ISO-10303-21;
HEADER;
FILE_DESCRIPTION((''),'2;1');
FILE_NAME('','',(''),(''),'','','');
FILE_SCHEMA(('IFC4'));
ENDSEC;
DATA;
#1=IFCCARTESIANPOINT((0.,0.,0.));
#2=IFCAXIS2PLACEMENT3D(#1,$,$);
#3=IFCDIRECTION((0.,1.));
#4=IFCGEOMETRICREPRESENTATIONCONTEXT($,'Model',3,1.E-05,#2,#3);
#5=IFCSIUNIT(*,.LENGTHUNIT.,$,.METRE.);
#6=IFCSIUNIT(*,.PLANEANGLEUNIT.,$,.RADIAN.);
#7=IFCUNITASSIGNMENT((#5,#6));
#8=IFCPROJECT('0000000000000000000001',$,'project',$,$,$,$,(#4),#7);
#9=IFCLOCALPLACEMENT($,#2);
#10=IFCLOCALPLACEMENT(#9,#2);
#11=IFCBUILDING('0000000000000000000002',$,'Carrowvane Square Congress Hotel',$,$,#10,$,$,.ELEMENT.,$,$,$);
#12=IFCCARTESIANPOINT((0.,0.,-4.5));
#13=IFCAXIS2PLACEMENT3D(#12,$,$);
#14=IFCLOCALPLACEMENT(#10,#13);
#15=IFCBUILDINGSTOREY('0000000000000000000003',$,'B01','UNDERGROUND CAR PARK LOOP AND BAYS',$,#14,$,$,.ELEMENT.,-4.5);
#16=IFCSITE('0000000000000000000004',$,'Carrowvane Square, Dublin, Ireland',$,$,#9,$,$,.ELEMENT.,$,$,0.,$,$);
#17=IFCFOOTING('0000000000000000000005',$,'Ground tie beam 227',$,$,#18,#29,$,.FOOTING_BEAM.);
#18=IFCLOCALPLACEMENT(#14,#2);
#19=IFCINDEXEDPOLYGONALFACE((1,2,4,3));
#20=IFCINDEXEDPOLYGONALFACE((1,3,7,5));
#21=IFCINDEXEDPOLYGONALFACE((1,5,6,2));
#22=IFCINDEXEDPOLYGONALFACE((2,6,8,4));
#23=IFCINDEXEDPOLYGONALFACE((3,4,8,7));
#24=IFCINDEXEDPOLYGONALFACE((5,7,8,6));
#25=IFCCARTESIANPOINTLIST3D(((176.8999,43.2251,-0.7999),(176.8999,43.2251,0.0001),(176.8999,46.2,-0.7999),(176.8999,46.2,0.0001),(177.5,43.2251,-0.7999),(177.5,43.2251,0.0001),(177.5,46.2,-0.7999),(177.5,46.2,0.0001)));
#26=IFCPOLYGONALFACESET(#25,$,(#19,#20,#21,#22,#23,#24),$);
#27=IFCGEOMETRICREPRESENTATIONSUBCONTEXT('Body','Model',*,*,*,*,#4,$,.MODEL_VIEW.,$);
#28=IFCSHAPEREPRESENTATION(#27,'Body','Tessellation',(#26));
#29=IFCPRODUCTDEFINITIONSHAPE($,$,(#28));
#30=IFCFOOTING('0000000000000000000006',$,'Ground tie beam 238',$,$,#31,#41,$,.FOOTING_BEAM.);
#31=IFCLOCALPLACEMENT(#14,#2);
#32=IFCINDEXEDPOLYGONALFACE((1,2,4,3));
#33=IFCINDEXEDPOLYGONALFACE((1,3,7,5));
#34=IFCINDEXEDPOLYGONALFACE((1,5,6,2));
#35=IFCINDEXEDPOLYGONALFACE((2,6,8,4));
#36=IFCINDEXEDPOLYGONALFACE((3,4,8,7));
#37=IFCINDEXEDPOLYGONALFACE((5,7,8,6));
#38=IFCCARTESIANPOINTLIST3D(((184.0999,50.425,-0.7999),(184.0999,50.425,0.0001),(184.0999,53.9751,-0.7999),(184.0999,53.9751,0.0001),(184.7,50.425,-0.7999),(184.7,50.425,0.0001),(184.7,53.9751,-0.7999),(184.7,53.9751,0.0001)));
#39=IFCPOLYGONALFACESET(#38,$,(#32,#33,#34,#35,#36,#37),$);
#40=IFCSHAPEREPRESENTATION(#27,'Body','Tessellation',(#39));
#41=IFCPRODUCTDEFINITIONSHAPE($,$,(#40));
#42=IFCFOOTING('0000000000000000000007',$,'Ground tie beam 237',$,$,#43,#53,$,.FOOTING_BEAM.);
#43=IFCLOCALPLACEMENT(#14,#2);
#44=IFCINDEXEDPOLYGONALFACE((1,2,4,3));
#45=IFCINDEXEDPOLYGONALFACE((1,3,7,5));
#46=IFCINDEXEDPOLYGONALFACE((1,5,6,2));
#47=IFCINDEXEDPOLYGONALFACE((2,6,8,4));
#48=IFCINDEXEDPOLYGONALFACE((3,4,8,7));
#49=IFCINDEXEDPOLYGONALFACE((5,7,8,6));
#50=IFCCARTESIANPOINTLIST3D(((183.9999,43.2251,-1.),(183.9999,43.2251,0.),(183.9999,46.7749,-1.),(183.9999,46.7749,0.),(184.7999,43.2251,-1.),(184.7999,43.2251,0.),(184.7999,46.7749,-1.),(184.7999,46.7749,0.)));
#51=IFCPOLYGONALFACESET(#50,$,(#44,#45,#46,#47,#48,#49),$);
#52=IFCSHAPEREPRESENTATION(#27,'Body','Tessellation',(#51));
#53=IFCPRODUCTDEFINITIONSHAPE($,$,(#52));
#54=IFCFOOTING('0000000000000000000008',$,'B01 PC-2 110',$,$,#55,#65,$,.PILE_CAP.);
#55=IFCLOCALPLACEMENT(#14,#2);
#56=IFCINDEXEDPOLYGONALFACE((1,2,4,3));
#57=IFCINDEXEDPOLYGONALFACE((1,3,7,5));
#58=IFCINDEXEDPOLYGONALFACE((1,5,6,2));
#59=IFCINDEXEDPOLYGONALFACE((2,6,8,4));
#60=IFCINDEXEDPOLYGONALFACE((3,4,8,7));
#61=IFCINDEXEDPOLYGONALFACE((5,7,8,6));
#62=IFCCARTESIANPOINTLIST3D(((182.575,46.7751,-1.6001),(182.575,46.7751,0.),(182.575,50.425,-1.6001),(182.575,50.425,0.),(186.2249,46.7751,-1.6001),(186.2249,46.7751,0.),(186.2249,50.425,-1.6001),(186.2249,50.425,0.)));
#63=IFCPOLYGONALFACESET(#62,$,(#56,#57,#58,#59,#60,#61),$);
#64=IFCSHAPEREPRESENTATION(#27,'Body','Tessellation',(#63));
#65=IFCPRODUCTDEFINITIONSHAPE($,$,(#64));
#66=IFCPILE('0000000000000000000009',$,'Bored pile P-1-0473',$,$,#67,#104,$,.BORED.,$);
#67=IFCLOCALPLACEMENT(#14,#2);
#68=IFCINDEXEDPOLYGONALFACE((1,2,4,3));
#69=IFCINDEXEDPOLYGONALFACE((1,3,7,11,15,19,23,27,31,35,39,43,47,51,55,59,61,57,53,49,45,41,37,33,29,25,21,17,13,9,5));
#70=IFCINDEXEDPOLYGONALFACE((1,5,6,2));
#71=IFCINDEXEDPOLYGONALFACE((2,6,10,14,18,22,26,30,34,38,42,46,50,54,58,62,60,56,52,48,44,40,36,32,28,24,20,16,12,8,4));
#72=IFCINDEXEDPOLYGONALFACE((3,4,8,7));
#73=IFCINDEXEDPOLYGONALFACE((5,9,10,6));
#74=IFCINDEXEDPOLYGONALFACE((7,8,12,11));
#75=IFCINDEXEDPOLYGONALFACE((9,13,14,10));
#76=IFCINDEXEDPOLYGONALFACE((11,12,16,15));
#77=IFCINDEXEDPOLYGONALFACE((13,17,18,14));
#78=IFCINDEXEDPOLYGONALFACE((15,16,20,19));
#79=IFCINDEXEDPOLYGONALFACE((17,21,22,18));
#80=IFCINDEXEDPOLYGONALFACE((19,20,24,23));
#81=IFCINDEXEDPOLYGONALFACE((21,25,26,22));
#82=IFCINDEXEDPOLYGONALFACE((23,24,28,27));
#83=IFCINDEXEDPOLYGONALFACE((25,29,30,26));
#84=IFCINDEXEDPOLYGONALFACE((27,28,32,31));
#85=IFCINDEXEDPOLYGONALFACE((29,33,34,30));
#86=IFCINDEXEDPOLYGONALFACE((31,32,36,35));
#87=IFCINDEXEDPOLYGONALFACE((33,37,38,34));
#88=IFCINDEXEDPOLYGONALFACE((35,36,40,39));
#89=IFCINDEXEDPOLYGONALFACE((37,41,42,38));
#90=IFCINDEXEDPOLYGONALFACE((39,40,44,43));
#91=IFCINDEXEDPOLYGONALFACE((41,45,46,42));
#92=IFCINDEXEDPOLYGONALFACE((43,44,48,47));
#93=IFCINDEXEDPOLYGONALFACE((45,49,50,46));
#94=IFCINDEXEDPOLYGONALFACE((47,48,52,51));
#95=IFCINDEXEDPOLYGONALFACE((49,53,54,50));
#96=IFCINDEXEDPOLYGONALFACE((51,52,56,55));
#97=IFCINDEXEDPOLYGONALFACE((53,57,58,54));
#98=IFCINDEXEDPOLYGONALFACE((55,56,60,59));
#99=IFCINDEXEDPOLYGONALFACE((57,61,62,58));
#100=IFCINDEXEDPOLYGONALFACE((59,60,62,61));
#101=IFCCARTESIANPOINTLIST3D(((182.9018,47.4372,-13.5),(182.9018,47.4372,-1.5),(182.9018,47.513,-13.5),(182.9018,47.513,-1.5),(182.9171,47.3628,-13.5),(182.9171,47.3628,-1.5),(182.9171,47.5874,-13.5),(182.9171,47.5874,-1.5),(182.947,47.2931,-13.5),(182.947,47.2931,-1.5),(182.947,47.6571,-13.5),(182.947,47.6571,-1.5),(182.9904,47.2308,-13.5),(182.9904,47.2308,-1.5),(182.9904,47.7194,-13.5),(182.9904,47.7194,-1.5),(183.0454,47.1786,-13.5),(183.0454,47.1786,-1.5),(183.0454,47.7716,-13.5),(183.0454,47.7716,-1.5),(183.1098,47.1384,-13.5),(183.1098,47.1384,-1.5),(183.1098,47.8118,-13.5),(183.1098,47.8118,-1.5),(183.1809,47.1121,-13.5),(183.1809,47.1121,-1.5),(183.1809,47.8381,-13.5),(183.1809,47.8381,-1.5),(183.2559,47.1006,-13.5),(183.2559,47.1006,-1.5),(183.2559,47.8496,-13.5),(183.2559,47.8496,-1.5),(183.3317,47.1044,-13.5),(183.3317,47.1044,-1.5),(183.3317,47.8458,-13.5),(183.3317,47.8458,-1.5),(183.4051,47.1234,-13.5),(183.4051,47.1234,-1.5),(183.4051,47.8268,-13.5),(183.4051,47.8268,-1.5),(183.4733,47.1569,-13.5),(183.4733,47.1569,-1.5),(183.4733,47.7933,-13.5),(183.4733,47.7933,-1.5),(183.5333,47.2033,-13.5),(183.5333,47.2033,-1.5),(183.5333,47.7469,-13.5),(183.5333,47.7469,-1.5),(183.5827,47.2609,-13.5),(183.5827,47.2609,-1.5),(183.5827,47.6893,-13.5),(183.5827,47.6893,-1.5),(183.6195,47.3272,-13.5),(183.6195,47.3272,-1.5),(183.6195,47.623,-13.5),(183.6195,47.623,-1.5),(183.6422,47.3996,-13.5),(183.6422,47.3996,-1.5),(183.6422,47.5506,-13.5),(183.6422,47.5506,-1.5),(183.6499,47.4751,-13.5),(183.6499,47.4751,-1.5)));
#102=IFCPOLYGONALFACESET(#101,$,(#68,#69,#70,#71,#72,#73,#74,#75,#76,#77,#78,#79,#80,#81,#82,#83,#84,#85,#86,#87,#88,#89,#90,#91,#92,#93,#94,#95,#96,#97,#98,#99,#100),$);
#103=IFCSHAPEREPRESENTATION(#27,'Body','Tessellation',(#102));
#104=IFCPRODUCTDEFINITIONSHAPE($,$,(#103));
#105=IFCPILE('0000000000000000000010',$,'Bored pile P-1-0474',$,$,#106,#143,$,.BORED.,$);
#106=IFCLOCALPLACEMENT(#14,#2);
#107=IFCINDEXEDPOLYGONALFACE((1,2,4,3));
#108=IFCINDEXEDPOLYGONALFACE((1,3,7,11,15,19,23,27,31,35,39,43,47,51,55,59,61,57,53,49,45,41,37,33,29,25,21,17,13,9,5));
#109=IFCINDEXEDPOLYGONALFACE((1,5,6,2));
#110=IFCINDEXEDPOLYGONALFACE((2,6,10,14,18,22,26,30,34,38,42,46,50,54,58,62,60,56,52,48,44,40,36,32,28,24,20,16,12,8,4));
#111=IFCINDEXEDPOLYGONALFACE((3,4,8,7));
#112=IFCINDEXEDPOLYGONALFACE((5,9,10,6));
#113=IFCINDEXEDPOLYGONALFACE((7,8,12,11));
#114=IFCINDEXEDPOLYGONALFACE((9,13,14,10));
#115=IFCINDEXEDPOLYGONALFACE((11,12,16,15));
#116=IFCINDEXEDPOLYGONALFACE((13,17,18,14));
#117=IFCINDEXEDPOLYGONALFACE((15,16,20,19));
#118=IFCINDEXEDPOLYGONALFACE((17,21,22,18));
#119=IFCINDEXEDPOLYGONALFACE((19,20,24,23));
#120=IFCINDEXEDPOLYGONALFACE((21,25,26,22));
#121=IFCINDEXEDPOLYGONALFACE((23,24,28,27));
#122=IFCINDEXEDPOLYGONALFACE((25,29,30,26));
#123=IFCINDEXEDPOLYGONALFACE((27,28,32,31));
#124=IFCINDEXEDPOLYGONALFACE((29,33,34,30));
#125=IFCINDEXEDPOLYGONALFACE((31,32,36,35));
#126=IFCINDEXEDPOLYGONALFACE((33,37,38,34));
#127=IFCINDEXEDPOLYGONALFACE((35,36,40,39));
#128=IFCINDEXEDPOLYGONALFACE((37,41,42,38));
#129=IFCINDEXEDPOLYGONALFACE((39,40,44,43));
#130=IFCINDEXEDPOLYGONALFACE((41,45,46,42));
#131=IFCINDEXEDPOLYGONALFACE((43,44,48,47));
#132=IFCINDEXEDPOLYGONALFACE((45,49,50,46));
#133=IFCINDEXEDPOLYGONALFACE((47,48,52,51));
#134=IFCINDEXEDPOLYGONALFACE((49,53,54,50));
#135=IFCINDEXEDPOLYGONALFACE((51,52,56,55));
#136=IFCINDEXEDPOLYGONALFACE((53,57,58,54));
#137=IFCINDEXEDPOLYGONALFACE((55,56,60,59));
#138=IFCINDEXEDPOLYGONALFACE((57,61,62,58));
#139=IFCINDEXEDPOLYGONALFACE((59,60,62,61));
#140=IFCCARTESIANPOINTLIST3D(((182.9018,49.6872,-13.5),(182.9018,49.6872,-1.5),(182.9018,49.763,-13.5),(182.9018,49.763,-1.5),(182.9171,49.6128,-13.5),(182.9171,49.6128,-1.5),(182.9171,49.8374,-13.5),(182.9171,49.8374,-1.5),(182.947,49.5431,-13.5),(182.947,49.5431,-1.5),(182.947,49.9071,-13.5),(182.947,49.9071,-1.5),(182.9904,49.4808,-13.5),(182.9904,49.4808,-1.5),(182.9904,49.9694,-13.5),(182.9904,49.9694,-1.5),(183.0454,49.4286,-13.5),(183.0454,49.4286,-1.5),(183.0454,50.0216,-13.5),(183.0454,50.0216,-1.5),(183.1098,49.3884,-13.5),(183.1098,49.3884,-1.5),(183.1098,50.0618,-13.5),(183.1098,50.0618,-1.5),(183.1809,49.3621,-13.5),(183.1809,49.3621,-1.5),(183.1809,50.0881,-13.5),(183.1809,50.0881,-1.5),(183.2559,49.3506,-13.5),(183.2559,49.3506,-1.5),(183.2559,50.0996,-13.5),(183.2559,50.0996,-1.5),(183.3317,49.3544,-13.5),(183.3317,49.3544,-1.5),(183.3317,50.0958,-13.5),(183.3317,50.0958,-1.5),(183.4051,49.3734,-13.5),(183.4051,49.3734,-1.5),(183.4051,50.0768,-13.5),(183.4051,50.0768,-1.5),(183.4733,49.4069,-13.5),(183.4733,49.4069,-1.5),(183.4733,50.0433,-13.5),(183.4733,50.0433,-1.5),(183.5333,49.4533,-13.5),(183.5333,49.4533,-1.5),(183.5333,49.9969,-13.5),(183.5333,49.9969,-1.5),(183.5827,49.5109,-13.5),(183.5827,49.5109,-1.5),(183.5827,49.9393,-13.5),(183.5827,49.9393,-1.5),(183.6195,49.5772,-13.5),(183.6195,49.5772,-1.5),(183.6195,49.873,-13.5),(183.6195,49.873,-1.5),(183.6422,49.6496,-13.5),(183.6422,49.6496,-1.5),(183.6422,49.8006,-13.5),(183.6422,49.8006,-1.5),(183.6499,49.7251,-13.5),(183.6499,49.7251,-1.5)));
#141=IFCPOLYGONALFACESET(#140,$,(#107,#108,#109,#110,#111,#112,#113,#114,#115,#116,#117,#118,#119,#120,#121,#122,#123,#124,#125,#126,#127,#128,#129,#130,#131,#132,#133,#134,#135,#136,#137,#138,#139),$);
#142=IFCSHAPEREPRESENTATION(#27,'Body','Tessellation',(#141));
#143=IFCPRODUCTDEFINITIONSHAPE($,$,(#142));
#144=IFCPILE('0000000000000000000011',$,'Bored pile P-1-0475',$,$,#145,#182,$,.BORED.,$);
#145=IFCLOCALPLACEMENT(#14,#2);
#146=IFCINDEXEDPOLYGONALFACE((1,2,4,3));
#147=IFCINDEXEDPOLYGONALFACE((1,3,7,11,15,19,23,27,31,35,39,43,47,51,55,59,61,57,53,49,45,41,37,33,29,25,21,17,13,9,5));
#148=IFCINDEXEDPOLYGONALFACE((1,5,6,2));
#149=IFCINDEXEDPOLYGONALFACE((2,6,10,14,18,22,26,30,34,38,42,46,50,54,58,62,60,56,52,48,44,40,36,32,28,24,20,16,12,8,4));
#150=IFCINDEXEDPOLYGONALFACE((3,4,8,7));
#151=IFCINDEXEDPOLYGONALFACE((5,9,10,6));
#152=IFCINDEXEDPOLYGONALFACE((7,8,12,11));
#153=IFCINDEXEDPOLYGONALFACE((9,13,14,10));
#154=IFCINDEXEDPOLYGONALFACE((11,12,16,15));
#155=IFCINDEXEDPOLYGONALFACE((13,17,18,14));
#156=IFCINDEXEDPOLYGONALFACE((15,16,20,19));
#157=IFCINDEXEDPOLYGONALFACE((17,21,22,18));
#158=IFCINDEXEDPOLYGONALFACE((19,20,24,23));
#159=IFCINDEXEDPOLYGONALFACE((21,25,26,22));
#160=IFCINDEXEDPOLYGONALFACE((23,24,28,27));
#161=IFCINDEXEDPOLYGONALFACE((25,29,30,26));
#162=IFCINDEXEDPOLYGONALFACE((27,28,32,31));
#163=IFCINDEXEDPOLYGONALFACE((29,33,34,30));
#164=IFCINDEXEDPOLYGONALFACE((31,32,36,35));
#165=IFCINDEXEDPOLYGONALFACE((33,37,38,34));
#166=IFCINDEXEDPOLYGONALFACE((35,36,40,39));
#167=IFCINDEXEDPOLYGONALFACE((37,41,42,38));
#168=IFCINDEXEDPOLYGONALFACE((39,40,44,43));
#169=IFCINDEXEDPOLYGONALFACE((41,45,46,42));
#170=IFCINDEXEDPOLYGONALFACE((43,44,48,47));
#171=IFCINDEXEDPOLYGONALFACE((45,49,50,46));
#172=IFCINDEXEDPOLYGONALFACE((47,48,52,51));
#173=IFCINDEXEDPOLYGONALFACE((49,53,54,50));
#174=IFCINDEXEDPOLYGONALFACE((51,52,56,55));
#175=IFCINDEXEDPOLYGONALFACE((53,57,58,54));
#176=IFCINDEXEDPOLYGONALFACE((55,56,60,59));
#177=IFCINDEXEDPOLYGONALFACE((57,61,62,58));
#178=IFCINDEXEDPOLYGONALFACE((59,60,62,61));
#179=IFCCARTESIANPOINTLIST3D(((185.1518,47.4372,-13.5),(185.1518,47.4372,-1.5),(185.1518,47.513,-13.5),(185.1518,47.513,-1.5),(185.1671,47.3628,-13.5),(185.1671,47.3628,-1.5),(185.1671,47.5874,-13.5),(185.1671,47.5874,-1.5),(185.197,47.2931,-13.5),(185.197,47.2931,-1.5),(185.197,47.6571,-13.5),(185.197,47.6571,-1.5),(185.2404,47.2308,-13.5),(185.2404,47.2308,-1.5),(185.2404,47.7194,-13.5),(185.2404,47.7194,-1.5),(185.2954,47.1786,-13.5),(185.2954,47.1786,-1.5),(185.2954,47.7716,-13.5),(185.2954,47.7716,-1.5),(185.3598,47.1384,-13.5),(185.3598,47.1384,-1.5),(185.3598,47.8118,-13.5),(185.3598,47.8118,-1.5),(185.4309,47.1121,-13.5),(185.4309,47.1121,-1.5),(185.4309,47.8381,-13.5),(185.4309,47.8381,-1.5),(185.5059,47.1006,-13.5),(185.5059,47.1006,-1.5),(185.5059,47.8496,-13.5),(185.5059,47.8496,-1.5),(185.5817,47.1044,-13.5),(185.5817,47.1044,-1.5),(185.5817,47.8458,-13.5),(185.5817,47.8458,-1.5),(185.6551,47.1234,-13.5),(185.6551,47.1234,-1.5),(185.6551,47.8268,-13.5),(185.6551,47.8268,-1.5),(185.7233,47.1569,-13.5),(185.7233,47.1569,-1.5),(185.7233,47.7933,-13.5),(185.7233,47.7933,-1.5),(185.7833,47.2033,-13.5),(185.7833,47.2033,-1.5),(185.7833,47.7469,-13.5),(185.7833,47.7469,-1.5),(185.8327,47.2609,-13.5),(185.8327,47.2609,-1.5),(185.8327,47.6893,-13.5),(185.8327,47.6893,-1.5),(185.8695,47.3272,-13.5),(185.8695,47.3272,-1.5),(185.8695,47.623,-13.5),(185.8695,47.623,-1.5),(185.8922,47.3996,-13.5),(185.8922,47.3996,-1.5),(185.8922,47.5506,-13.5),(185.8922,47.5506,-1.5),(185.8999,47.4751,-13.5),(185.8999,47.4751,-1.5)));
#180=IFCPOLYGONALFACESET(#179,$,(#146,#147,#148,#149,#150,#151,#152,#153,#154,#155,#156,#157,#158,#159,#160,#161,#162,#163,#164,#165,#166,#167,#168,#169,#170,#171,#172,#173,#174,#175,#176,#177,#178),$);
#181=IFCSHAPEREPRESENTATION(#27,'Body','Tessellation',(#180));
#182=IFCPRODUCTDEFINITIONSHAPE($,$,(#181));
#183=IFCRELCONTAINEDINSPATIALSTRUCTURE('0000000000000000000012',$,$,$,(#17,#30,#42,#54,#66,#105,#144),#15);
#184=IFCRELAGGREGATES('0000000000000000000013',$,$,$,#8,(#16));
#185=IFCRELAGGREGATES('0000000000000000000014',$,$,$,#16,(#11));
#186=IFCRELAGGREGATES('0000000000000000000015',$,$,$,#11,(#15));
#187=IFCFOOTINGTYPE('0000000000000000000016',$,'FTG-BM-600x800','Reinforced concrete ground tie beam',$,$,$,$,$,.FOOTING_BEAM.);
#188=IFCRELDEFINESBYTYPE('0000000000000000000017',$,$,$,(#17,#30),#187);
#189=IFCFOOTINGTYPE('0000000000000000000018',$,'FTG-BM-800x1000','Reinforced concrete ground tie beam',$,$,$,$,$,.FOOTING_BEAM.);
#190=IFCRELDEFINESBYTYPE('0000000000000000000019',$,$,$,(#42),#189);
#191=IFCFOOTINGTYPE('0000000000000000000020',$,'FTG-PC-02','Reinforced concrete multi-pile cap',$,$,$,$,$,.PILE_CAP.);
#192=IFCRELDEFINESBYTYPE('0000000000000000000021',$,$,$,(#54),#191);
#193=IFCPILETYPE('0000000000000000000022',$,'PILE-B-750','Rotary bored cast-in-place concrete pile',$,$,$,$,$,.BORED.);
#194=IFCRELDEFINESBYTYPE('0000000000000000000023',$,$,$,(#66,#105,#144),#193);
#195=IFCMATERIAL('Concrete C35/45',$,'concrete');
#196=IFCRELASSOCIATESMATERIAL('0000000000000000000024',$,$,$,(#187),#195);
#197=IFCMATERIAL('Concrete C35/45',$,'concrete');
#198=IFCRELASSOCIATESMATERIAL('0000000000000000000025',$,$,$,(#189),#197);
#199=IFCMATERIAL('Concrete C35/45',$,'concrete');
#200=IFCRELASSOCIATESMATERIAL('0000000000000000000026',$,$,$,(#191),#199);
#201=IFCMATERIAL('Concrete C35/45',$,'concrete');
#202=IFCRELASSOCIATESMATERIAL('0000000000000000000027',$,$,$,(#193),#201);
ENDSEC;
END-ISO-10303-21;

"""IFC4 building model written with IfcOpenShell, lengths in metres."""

from ifc_helpers import new_model, si_unit, direction, frame, origin, origin_2d, place, context, subcontext, project, spatial, rectangle, circle, extrude, material, material_profile, profile_set, type_object, element, save


model = new_model("IFC4")

# Units and contexts
model_context = context("Model", 3, precision=1e-05, world=origin(), true_north=direction((0.0, 1.0)))
body_context = subcontext(model_context, "Body", "Model", "MODEL_VIEW")
ifc_project = project(units=[si_unit("LENGTHUNIT", "METRE"), si_unit("PLANEANGLEUNIT", "RADIAN")], contexts=[model_context])

# Site, building, storey
site_placement = place(None, origin())
site = spatial("IfcSite", under=ifc_project, at=site_placement, Name="Carrowvane Square, Dublin, Ireland", CompositionType="ELEMENT", RefElevation=0.0)
building_placement = place(site_placement, origin())
building = spatial("IfcBuilding", under=site, at=building_placement, Name="Carrowvane Square Congress Hotel", CompositionType="ELEMENT")
storey_placement = place(building_placement, frame((0.0, 0.0, -4.5)))
storey = spatial("IfcBuildingStorey", under=building, at=storey_placement, Name="B01", Description="UNDERGROUND CAR PARK LOOP AND BAYS", CompositionType="ELEMENT", Elevation=-4.5)

# Footings
ifc_material_1 = material(Name="Concrete C35/45", Category="concrete")
ifc_material_profile_1 = material_profile(ifc_material_1, rectangle(XDim=0.6001, YDim=0.8, at=origin_2d()), Name="RC 600x800")
ifc_profile_set_1 = profile_set([ifc_material_profile_1], Name="Concrete C35/45")
footing_type_1 = type_object("IfcFootingType", Name="FTG-BM-600x800", Description="Reinforced concrete ground tie beam", PredefinedType="FOOTING_BEAM", material=ifc_profile_set_1)
footing_1_placement = place(storey_placement, frame((177.2, 43.2251, -0.3999), z_axis=(0.0, 1.0, 0.0), x_axis=(-1.0, 0.0, 0.0)))
element("IfcFooting", 1, at=footing_1_placement, inside=storey, type_object=footing_type_1, Name="Ground tie beam 227", PredefinedType="FOOTING_BEAM", context=body_context, shape_type="SweptSolid", body=[
    extrude(rectangle(XDim=0.6001, YDim=0.8, at=origin_2d()), origin(), (0.0, 0.0, 1.0), 2.9749),
])
footing_2_placement = place(storey_placement, frame((184.3999, 50.425, -0.3999), z_axis=(0.0, 1.0, 0.0), x_axis=(-1.0, 0.0, 0.0)))
element("IfcFooting", 2, at=footing_2_placement, inside=storey, type_object=footing_type_1, Name="Ground tie beam 238", PredefinedType="FOOTING_BEAM", context=body_context, shape_type="SweptSolid", body=[
    extrude(rectangle(XDim=0.6001, YDim=0.8, at=origin_2d()), origin(), (0.0, 0.0, 1.0), 3.55),
])
ifc_material_2 = material(Name="Concrete C35/45", Category="concrete")
ifc_material_profile_2 = material_profile(ifc_material_2, rectangle(XDim=0.8, YDim=1.0, at=origin_2d()), Name="RC 800x1000")
ifc_profile_set_2 = profile_set([ifc_material_profile_2], Name="Concrete C35/45")
footing_type_2 = type_object("IfcFootingType", Name="FTG-BM-800x1000", Description="Reinforced concrete ground tie beam", PredefinedType="FOOTING_BEAM", material=ifc_profile_set_2)
footing_3_placement = place(storey_placement, frame((184.3999, 43.2251, -0.5), z_axis=(0.0, 1.0, 0.0), x_axis=(-1.0, 0.0, 0.0)))
element("IfcFooting", 3, at=footing_3_placement, inside=storey, type_object=footing_type_2, Name="Ground tie beam 237", PredefinedType="FOOTING_BEAM", context=body_context, shape_type="SweptSolid", body=[
    extrude(rectangle(XDim=0.8, YDim=1.0, at=origin_2d()), origin(), (0.0, 0.0, 1.0), 3.5498),
])
ifc_material_3 = material(Name="Concrete C35/45", Category="concrete")
footing_type_3 = type_object("IfcFootingType", Name="FTG-PC-02", Description="Reinforced concrete multi-pile cap", PredefinedType="PILE_CAP", material=ifc_material_3)
footing_4_placement = place(storey_placement, frame((184.3999, 48.6001, -1.6001), z_axis=(0.0, 0.0, 1.0), x_axis=(1.0, 0.0, 0.0)))
element("IfcFooting", 4, at=footing_4_placement, inside=storey, type_object=footing_type_3, Name="B01 PC-2 110", PredefinedType="PILE_CAP", context=body_context, shape_type="SweptSolid", body=[
    extrude(rectangle(XDim=3.6499, YDim=3.6499, at=origin_2d()), origin(), (0.0, 0.0, 1.0), 1.6001),
])

# Piles
ifc_material_4 = material(Name="Concrete C35/45", Category="concrete")
ifc_material_profile_3 = material_profile(ifc_material_4, circle(Radius=0.375, at=origin_2d()), Name="PILE D750")
ifc_profile_set_3 = profile_set([ifc_material_profile_3], Name="Concrete C35/45")
pile_type_1 = type_object("IfcPileType", Name="PILE-B-750", Description="Rotary bored cast-in-place concrete pile", PredefinedType="BORED", material=ifc_profile_set_3)
for number, where, z_axis, x_axis, name in (
    (5, (183.2749, 47.4751, -1.5), (0.0, 0.0, -1.0), (1.0, 0.0, 0.0), "Bored pile P-1-0473"),
    (6, (183.2749, 49.7251, -1.5), (0.0, 0.0, -1.0), (1.0, 0.0, 0.0), "Bored pile P-1-0474"),
    (7, (185.5249, 47.4751, -1.5), (0.0, 0.0, -1.0), (1.0, 0.0, 0.0), "Bored pile P-1-0475"),
):
    element("IfcPile", number, at=place(storey_placement, frame(where, z_axis=z_axis, x_axis=x_axis)), inside=storey, type_object=pile_type_1, Name=name, PredefinedType="BORED", context=body_context, shape_type="SweptSolid", body=[
        extrude(circle(Radius=0.375, at=origin_2d()), origin(), (0.0, 0.0, 1.0), 12.0),
    ])

save(model, "model.ifc")
